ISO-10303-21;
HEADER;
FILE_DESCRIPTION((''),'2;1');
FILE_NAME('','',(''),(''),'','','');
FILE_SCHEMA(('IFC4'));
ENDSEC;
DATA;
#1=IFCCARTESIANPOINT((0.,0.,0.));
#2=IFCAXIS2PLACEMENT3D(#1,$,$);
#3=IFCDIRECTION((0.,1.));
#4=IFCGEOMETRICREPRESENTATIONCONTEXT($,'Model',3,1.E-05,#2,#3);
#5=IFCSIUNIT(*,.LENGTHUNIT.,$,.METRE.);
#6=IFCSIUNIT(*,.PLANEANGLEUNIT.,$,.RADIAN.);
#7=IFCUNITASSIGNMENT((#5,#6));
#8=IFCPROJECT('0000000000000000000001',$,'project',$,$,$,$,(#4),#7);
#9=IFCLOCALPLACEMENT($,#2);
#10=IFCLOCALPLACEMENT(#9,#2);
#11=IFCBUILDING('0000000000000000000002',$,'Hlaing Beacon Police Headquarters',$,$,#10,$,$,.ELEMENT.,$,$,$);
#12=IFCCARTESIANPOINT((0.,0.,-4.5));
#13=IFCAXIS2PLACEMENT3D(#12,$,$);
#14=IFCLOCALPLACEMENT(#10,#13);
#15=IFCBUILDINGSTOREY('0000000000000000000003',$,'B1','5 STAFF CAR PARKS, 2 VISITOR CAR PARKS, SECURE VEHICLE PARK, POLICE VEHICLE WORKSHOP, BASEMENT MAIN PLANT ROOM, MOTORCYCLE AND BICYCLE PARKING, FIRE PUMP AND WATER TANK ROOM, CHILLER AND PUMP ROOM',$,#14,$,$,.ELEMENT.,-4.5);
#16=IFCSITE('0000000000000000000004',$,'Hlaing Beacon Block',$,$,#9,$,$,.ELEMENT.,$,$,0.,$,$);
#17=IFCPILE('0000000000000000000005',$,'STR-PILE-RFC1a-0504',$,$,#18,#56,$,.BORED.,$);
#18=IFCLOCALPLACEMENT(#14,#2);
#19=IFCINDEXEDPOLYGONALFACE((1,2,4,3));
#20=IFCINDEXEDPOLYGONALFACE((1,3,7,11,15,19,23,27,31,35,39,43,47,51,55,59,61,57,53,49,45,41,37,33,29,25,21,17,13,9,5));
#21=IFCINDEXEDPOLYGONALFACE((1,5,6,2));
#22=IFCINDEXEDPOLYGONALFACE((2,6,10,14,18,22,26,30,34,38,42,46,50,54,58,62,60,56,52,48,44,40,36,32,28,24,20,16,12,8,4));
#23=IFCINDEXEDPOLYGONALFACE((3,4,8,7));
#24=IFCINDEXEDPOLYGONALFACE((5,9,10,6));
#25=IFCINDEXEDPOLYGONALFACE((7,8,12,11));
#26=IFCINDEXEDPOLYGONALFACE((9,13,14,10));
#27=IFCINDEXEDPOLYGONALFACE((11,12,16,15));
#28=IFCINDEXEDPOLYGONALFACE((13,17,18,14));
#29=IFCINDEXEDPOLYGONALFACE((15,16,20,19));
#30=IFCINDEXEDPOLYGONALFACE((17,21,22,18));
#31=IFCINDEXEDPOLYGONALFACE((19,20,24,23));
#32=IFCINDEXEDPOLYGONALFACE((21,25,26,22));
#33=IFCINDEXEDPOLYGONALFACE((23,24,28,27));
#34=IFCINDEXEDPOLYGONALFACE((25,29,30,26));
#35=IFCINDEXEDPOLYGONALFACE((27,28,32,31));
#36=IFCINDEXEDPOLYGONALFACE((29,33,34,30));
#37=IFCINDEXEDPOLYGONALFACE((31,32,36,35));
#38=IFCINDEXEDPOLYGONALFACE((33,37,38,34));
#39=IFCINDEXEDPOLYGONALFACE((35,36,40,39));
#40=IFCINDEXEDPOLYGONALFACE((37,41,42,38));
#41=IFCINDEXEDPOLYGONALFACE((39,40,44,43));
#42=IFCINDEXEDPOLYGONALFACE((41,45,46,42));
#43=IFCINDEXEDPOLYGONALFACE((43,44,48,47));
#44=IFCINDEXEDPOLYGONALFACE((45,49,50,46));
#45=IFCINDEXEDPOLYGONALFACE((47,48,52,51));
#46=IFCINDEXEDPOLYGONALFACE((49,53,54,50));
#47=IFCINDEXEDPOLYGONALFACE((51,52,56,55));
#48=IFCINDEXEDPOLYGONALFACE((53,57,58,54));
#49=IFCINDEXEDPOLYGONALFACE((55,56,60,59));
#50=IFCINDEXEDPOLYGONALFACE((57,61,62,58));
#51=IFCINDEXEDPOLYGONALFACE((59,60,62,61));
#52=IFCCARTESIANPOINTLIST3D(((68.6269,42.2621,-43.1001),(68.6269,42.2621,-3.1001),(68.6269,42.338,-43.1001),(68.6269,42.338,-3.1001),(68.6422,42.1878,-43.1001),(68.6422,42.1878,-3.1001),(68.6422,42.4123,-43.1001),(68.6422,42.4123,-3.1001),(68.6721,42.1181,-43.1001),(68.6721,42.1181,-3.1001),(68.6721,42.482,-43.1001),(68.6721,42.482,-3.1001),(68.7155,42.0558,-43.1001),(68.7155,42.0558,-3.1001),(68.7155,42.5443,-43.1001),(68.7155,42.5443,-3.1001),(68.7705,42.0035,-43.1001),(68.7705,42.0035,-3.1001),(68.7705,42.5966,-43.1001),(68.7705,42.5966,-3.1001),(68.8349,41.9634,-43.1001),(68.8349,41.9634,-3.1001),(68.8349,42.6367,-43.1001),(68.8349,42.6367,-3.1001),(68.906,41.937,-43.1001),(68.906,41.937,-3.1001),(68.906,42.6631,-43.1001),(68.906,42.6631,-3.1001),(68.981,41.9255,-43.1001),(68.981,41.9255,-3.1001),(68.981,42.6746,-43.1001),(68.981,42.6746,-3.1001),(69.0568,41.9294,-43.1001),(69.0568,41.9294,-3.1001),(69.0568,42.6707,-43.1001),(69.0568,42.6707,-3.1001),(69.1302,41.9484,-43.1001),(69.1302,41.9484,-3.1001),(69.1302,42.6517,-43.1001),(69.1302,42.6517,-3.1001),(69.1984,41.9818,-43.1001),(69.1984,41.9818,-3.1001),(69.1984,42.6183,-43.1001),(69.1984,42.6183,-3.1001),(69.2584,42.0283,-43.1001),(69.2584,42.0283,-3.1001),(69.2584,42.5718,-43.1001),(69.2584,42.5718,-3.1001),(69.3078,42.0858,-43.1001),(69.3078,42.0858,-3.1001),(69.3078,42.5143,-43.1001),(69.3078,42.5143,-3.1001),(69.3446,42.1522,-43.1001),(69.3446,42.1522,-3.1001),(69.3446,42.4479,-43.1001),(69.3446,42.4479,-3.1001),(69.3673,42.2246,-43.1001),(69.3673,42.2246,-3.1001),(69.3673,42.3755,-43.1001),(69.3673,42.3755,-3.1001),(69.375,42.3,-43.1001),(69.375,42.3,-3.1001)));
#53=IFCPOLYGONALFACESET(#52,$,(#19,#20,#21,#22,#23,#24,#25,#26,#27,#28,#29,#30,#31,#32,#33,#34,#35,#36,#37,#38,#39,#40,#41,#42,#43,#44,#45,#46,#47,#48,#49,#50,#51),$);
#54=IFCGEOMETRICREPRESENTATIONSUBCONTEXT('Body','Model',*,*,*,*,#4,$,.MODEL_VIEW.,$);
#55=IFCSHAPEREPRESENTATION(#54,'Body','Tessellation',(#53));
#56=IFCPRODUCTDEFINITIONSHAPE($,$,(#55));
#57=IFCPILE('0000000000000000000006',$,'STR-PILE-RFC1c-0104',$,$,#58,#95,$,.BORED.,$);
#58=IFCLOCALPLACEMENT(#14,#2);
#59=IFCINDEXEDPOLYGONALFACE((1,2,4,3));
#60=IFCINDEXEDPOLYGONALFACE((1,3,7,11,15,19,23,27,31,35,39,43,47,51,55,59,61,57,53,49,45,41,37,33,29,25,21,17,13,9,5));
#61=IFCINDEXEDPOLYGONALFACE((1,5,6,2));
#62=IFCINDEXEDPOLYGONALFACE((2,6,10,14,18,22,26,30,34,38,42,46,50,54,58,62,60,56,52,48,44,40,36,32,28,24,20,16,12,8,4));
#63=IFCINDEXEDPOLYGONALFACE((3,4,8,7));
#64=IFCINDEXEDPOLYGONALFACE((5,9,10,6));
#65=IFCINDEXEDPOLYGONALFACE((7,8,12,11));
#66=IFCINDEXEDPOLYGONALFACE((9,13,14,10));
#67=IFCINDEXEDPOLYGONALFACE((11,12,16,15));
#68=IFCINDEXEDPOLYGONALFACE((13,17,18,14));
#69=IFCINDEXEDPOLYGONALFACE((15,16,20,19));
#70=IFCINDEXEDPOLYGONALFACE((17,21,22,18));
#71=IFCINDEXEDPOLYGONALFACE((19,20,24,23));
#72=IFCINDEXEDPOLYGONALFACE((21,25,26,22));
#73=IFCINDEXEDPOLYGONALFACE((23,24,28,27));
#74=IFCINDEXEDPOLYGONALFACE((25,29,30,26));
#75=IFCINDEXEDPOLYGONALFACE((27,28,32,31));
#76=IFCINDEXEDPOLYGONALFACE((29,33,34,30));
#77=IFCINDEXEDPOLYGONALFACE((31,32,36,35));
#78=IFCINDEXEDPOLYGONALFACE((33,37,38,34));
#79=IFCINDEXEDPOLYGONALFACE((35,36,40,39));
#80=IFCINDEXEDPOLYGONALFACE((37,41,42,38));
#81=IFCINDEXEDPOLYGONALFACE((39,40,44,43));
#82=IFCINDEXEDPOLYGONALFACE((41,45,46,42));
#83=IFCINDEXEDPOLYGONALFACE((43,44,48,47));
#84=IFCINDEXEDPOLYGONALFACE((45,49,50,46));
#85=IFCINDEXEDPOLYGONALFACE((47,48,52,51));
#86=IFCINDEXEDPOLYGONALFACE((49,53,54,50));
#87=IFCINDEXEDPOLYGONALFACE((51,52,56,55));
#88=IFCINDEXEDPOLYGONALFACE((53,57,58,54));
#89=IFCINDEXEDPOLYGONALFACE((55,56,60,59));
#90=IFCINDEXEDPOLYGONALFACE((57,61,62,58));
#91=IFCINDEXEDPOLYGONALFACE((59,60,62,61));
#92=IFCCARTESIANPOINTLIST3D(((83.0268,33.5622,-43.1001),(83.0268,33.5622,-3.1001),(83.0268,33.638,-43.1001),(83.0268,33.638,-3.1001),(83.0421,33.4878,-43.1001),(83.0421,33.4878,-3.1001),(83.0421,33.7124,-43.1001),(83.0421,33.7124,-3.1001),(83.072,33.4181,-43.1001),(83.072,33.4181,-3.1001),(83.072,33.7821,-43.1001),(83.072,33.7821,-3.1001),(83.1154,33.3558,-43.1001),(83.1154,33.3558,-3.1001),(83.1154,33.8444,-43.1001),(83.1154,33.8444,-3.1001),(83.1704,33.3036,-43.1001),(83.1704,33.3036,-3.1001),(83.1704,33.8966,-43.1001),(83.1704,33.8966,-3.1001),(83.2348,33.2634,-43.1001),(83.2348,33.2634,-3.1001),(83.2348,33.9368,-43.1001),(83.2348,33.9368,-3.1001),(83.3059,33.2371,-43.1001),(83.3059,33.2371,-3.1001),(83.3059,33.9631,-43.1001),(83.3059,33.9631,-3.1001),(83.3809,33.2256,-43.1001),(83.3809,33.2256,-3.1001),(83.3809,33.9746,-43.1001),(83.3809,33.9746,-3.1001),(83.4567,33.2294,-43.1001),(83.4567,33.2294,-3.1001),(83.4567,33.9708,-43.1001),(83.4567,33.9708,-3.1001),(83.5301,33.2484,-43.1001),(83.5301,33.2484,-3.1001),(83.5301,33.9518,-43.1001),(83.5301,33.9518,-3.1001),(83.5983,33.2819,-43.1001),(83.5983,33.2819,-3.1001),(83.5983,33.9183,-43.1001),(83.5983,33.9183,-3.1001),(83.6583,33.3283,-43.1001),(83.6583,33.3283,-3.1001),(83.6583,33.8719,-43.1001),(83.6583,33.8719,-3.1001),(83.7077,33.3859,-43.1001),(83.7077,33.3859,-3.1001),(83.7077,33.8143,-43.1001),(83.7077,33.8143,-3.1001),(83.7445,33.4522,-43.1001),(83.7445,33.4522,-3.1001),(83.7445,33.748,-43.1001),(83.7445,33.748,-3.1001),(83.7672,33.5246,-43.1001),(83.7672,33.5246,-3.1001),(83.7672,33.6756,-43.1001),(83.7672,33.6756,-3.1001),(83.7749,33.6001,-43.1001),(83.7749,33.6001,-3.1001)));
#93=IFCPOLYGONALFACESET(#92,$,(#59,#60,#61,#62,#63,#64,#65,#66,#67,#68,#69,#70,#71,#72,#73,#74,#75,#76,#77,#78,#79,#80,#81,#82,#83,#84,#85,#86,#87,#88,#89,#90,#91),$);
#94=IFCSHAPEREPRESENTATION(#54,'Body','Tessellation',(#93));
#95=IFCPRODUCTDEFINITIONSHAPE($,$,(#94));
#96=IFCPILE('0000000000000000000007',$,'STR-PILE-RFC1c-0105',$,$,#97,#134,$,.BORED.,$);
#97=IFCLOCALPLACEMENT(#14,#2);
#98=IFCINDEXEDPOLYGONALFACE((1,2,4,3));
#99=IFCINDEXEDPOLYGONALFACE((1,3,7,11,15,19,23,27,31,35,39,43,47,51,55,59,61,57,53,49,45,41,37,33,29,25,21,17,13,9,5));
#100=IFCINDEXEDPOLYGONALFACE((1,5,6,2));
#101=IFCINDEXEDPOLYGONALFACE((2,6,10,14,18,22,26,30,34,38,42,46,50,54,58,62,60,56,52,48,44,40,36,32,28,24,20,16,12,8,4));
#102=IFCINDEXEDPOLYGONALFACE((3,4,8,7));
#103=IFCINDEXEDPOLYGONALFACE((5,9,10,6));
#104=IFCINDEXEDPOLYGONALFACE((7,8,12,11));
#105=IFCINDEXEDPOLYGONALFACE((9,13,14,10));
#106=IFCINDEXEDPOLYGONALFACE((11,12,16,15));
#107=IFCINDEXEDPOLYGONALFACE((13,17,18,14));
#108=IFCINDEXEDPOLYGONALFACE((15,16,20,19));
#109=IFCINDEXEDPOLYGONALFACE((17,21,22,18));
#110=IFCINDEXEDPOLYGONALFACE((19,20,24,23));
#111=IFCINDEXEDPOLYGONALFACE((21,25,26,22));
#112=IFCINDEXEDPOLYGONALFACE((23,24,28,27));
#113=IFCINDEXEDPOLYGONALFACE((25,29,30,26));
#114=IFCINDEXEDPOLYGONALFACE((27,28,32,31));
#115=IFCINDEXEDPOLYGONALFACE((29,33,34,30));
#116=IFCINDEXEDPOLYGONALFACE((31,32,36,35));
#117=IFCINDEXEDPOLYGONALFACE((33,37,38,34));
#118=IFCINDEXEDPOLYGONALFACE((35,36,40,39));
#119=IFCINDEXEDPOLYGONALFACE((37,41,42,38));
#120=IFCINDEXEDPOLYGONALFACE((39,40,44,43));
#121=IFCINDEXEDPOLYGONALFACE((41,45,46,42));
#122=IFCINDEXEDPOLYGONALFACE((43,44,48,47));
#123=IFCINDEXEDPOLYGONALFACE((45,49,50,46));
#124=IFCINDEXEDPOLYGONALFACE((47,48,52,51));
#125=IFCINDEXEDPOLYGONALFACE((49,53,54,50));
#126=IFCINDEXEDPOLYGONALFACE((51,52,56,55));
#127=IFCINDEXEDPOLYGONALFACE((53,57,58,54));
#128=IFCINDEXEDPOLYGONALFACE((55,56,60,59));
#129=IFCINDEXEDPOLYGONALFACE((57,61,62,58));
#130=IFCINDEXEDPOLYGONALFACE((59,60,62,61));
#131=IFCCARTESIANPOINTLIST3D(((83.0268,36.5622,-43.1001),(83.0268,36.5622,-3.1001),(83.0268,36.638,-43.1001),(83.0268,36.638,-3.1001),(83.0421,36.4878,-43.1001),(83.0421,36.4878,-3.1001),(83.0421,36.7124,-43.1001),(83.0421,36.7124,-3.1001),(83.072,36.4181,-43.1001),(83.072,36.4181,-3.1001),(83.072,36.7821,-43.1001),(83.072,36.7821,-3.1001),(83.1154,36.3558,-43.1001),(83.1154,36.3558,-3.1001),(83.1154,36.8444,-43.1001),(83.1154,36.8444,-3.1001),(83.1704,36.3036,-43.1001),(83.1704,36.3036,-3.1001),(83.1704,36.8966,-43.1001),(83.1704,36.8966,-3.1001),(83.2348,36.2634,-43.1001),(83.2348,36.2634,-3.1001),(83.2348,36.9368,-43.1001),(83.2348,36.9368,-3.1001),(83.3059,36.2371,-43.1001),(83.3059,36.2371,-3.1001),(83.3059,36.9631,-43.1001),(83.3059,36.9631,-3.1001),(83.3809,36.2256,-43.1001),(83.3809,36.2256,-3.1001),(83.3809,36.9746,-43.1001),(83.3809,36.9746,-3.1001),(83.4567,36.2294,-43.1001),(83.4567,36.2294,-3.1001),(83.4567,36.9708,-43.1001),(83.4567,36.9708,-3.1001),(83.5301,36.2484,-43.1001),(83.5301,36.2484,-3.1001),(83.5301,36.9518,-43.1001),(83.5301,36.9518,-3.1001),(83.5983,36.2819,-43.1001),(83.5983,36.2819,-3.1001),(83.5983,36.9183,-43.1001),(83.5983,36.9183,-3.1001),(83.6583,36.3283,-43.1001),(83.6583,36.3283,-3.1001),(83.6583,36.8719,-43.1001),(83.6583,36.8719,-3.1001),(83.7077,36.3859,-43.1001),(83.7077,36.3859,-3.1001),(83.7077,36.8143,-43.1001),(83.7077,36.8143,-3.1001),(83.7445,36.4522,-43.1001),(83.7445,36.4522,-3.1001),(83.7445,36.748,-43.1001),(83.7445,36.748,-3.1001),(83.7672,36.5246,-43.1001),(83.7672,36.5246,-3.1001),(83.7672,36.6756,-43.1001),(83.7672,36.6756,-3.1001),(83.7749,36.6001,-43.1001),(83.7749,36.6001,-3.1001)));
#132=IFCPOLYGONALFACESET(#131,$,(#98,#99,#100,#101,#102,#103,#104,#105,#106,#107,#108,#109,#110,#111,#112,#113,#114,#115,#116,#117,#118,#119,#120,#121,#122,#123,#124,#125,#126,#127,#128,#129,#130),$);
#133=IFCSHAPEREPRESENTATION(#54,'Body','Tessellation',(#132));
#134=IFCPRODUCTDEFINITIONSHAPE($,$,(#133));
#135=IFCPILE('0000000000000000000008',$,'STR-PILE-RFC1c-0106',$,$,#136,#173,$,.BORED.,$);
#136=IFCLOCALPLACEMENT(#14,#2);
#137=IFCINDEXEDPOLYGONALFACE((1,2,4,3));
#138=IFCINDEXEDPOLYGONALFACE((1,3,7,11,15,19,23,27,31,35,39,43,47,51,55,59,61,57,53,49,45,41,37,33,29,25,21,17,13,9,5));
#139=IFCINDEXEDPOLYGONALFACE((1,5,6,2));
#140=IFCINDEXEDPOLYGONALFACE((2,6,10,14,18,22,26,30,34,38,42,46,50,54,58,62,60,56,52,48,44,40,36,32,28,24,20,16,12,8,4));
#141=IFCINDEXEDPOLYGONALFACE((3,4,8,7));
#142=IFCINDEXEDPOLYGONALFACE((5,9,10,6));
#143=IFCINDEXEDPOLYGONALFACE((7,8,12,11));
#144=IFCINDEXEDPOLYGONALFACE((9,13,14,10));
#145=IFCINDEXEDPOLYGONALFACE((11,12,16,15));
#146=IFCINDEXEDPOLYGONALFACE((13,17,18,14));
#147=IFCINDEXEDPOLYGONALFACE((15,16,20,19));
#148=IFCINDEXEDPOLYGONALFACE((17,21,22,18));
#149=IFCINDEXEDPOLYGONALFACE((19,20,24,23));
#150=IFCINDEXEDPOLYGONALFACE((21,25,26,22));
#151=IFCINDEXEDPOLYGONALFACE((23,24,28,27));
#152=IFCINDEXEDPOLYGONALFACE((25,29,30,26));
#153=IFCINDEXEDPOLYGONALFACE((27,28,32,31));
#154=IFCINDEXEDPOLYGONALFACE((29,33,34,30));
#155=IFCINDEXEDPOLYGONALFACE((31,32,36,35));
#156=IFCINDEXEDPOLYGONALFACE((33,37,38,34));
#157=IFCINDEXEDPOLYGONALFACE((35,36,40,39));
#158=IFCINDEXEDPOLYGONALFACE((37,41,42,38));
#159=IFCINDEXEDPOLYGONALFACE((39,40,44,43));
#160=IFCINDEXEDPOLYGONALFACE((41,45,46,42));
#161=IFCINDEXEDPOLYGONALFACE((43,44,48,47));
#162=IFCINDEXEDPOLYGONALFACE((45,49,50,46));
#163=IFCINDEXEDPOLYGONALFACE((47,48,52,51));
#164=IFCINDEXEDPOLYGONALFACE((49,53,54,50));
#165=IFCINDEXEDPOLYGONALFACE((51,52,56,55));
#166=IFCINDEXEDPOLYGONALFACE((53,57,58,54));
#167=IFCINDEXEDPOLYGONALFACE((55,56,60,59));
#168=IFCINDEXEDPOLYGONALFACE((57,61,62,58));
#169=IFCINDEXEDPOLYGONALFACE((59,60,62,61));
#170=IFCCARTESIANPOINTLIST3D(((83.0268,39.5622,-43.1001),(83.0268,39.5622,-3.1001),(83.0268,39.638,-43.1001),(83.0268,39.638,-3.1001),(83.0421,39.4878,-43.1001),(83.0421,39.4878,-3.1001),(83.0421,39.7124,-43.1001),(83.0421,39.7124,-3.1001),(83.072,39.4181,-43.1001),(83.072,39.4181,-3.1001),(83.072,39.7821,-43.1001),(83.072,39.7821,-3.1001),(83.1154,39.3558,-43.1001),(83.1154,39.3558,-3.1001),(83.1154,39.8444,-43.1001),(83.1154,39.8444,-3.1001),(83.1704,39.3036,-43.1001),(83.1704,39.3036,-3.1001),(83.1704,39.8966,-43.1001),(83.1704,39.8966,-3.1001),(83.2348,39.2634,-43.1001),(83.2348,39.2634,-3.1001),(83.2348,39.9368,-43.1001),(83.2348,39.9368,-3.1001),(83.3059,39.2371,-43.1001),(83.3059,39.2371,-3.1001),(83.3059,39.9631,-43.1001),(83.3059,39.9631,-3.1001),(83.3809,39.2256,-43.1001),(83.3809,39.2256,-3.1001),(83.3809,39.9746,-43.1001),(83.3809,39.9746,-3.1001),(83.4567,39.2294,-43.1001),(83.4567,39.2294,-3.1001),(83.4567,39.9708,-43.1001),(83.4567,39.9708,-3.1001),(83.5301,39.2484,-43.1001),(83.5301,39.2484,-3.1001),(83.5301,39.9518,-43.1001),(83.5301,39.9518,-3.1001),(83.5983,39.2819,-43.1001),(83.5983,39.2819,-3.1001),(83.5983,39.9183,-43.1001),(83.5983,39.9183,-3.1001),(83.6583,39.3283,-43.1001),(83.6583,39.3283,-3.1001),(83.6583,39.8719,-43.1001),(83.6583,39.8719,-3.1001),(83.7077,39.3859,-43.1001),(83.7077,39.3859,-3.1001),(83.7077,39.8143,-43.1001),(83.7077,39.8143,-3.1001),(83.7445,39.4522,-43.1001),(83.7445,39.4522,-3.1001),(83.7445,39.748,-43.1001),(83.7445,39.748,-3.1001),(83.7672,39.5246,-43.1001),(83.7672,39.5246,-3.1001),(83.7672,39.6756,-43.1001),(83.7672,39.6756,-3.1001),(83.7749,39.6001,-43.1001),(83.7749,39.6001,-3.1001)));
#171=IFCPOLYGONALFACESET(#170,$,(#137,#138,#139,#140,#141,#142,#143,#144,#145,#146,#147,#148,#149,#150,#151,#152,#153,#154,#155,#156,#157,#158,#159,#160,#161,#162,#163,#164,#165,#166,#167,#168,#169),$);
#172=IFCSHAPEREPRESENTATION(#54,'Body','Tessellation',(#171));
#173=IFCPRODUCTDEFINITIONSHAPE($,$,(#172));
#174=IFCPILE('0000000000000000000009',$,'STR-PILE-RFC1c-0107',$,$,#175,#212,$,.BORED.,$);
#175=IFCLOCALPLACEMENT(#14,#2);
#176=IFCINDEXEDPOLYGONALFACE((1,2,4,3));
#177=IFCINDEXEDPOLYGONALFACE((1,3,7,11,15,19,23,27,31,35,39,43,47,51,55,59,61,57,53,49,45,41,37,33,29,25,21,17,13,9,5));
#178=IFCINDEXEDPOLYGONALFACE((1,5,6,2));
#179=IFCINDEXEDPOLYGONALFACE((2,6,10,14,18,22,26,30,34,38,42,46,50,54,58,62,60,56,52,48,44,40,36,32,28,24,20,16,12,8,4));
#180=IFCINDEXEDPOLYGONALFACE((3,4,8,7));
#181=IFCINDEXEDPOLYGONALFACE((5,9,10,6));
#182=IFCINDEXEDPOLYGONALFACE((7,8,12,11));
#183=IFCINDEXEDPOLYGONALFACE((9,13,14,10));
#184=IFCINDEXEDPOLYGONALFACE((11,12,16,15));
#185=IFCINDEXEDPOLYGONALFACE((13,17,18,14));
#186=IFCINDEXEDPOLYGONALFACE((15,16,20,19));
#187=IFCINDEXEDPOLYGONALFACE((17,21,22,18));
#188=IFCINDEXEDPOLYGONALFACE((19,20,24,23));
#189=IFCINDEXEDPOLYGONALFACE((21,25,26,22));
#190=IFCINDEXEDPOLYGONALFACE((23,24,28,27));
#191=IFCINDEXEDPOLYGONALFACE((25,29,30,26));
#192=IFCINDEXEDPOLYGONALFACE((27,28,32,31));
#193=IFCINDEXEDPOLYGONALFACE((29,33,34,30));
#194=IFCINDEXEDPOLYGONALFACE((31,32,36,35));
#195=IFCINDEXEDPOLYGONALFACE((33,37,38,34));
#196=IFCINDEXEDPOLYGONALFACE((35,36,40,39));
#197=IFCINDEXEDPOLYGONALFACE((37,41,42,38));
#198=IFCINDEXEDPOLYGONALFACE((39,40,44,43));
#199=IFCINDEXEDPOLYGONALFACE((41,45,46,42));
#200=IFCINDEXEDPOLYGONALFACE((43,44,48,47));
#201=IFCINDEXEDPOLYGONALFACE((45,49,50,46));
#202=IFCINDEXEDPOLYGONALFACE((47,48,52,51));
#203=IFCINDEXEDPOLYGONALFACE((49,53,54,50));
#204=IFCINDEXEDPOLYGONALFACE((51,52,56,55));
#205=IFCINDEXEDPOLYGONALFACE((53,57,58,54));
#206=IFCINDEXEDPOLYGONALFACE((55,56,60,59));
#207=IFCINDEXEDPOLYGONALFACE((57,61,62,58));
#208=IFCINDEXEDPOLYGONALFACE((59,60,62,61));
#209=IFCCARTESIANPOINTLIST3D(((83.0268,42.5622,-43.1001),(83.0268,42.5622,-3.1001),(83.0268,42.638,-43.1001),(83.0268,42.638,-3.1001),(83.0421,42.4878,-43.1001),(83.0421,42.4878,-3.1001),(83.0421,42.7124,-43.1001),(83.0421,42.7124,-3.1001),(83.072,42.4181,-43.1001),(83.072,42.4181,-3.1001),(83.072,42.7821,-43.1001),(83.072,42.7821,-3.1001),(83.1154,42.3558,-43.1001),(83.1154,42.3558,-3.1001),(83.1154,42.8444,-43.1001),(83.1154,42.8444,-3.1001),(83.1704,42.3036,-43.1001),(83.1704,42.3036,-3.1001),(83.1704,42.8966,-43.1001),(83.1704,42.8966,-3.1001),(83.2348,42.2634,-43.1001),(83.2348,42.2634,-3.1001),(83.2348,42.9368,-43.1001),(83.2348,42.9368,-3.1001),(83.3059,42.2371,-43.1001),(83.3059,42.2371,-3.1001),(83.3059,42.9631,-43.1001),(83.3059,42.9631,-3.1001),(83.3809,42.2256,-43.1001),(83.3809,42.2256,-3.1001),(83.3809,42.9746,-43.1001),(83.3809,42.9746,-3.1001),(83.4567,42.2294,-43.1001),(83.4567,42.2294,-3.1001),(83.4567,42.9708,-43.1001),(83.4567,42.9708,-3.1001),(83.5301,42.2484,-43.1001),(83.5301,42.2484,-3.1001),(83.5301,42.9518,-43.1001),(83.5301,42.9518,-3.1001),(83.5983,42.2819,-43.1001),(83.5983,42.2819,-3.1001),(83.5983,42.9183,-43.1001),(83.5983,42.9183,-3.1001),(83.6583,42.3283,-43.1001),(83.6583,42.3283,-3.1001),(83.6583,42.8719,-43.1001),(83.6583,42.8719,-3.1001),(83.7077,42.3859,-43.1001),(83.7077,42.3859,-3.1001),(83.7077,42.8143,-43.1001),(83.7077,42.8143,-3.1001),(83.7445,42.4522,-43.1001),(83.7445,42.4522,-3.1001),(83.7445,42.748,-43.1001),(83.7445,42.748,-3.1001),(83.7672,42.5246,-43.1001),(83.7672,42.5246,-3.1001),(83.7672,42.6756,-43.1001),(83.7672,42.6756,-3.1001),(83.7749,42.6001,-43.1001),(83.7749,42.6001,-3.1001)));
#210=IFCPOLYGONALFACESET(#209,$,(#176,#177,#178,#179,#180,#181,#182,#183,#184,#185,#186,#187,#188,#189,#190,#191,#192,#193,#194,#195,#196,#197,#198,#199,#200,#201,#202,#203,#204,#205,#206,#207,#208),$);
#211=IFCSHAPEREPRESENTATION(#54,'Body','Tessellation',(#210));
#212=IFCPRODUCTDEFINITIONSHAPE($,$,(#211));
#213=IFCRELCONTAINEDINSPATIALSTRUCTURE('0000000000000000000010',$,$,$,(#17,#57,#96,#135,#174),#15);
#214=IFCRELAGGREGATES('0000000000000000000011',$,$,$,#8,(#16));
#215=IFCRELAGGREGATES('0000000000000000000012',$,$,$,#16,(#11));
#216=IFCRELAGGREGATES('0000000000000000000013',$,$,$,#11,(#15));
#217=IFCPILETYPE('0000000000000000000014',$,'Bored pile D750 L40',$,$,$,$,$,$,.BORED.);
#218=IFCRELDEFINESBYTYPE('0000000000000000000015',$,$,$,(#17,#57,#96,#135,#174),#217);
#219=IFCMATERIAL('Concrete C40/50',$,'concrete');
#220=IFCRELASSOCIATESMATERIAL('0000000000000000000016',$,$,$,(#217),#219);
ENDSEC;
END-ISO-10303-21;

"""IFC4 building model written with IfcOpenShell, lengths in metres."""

from ifc_helpers import new_model, si_unit, direction, frame, origin, origin_2d, place, context, subcontext, project, spatial, circle, extrude, material, material_profile, profile_set, type_object, element, save


model = new_model("IFC4")

# Units and contexts
model_context = context("Model", 3, precision=1e-05, world=origin(), true_north=direction((0.0, 1.0)))
body_context = subcontext(model_context, "Body", "Model", "MODEL_VIEW")
ifc_project = project(units=[si_unit("LENGTHUNIT", "METRE"), si_unit("PLANEANGLEUNIT", "RADIAN")], contexts=[model_context])

# Site, building, storey
site_placement = place(None, origin())
site = spatial("IfcSite", under=ifc_project, at=site_placement, Name="Hlaing Beacon Block", CompositionType="ELEMENT", RefElevation=0.0)
building_placement = place(site_placement, origin())
building = spatial("IfcBuilding", under=site, at=building_placement, Name="Hlaing Beacon Police Headquarters", CompositionType="ELEMENT")
storey_placement = place(building_placement, frame((0.0, 0.0, -4.5)))
storey = spatial("IfcBuildingStorey", under=building, at=storey_placement, Name="B1", Description="5 STAFF CAR PARKS, 2 VISITOR CAR PARKS, SECURE VEHICLE PARK, POLICE VEHICLE WORKSHOP, BASEMENT MAIN PLANT ROOM, MOTORCYCLE AND BICYCLE PARKING, FIRE PUMP AND WATER TANK ROOM, CHILLER AND PUMP ROOM", CompositionType="ELEMENT", Elevation=-4.5)

# Piles
ifc_material_1 = material(Name="Concrete C40/50", Category="concrete")
ifc_material_profile_1 = material_profile(ifc_material_1, circle(Radius=0.375, at=origin_2d()), Name="D750")
ifc_profile_set_1 = profile_set([ifc_material_profile_1], Name="Concrete C40/50")
pile_type_1 = type_object("IfcPileType", Name="Bored pile D750 L40", PredefinedType="BORED", material=ifc_profile_set_1)
for number, where, z_axis, x_axis, name in (
    (1, (69.0, 42.3, -3.1001), (0.0, 0.0, -1.0), (1.0, 0.0, 0.0), "STR-PILE-RFC1a-0504"),
    (2, (83.3999, 33.6001, -3.1001), (0.0, 0.0, -1.0), (1.0, 0.0, 0.0), "STR-PILE-RFC1c-0104"),
    (3, (83.3999, 36.6001, -3.1001), (0.0, 0.0, -1.0), (1.0, 0.0, 0.0), "STR-PILE-RFC1c-0105"),
    (4, (83.3999, 39.6001, -3.1001), (0.0, 0.0, -1.0), (1.0, 0.0, 0.0), "STR-PILE-RFC1c-0106"),
    (5, (83.3999, 42.6001, -3.1001), (0.0, 0.0, -1.0), (1.0, 0.0, 0.0), "STR-PILE-RFC1c-0107"),
):
    element("IfcPile", number, at=place(storey_placement, frame(where, z_axis=z_axis, x_axis=x_axis)), inside=storey, type_object=pile_type_1, Name=name, PredefinedType="BORED", context=body_context, shape_type="SweptSolid", body=[
        extrude(circle(Radius=0.375, at=origin_2d()), origin(), (0.0, 0.0, 1.0), 40.0),
    ])

save(model, "model.ifc")
